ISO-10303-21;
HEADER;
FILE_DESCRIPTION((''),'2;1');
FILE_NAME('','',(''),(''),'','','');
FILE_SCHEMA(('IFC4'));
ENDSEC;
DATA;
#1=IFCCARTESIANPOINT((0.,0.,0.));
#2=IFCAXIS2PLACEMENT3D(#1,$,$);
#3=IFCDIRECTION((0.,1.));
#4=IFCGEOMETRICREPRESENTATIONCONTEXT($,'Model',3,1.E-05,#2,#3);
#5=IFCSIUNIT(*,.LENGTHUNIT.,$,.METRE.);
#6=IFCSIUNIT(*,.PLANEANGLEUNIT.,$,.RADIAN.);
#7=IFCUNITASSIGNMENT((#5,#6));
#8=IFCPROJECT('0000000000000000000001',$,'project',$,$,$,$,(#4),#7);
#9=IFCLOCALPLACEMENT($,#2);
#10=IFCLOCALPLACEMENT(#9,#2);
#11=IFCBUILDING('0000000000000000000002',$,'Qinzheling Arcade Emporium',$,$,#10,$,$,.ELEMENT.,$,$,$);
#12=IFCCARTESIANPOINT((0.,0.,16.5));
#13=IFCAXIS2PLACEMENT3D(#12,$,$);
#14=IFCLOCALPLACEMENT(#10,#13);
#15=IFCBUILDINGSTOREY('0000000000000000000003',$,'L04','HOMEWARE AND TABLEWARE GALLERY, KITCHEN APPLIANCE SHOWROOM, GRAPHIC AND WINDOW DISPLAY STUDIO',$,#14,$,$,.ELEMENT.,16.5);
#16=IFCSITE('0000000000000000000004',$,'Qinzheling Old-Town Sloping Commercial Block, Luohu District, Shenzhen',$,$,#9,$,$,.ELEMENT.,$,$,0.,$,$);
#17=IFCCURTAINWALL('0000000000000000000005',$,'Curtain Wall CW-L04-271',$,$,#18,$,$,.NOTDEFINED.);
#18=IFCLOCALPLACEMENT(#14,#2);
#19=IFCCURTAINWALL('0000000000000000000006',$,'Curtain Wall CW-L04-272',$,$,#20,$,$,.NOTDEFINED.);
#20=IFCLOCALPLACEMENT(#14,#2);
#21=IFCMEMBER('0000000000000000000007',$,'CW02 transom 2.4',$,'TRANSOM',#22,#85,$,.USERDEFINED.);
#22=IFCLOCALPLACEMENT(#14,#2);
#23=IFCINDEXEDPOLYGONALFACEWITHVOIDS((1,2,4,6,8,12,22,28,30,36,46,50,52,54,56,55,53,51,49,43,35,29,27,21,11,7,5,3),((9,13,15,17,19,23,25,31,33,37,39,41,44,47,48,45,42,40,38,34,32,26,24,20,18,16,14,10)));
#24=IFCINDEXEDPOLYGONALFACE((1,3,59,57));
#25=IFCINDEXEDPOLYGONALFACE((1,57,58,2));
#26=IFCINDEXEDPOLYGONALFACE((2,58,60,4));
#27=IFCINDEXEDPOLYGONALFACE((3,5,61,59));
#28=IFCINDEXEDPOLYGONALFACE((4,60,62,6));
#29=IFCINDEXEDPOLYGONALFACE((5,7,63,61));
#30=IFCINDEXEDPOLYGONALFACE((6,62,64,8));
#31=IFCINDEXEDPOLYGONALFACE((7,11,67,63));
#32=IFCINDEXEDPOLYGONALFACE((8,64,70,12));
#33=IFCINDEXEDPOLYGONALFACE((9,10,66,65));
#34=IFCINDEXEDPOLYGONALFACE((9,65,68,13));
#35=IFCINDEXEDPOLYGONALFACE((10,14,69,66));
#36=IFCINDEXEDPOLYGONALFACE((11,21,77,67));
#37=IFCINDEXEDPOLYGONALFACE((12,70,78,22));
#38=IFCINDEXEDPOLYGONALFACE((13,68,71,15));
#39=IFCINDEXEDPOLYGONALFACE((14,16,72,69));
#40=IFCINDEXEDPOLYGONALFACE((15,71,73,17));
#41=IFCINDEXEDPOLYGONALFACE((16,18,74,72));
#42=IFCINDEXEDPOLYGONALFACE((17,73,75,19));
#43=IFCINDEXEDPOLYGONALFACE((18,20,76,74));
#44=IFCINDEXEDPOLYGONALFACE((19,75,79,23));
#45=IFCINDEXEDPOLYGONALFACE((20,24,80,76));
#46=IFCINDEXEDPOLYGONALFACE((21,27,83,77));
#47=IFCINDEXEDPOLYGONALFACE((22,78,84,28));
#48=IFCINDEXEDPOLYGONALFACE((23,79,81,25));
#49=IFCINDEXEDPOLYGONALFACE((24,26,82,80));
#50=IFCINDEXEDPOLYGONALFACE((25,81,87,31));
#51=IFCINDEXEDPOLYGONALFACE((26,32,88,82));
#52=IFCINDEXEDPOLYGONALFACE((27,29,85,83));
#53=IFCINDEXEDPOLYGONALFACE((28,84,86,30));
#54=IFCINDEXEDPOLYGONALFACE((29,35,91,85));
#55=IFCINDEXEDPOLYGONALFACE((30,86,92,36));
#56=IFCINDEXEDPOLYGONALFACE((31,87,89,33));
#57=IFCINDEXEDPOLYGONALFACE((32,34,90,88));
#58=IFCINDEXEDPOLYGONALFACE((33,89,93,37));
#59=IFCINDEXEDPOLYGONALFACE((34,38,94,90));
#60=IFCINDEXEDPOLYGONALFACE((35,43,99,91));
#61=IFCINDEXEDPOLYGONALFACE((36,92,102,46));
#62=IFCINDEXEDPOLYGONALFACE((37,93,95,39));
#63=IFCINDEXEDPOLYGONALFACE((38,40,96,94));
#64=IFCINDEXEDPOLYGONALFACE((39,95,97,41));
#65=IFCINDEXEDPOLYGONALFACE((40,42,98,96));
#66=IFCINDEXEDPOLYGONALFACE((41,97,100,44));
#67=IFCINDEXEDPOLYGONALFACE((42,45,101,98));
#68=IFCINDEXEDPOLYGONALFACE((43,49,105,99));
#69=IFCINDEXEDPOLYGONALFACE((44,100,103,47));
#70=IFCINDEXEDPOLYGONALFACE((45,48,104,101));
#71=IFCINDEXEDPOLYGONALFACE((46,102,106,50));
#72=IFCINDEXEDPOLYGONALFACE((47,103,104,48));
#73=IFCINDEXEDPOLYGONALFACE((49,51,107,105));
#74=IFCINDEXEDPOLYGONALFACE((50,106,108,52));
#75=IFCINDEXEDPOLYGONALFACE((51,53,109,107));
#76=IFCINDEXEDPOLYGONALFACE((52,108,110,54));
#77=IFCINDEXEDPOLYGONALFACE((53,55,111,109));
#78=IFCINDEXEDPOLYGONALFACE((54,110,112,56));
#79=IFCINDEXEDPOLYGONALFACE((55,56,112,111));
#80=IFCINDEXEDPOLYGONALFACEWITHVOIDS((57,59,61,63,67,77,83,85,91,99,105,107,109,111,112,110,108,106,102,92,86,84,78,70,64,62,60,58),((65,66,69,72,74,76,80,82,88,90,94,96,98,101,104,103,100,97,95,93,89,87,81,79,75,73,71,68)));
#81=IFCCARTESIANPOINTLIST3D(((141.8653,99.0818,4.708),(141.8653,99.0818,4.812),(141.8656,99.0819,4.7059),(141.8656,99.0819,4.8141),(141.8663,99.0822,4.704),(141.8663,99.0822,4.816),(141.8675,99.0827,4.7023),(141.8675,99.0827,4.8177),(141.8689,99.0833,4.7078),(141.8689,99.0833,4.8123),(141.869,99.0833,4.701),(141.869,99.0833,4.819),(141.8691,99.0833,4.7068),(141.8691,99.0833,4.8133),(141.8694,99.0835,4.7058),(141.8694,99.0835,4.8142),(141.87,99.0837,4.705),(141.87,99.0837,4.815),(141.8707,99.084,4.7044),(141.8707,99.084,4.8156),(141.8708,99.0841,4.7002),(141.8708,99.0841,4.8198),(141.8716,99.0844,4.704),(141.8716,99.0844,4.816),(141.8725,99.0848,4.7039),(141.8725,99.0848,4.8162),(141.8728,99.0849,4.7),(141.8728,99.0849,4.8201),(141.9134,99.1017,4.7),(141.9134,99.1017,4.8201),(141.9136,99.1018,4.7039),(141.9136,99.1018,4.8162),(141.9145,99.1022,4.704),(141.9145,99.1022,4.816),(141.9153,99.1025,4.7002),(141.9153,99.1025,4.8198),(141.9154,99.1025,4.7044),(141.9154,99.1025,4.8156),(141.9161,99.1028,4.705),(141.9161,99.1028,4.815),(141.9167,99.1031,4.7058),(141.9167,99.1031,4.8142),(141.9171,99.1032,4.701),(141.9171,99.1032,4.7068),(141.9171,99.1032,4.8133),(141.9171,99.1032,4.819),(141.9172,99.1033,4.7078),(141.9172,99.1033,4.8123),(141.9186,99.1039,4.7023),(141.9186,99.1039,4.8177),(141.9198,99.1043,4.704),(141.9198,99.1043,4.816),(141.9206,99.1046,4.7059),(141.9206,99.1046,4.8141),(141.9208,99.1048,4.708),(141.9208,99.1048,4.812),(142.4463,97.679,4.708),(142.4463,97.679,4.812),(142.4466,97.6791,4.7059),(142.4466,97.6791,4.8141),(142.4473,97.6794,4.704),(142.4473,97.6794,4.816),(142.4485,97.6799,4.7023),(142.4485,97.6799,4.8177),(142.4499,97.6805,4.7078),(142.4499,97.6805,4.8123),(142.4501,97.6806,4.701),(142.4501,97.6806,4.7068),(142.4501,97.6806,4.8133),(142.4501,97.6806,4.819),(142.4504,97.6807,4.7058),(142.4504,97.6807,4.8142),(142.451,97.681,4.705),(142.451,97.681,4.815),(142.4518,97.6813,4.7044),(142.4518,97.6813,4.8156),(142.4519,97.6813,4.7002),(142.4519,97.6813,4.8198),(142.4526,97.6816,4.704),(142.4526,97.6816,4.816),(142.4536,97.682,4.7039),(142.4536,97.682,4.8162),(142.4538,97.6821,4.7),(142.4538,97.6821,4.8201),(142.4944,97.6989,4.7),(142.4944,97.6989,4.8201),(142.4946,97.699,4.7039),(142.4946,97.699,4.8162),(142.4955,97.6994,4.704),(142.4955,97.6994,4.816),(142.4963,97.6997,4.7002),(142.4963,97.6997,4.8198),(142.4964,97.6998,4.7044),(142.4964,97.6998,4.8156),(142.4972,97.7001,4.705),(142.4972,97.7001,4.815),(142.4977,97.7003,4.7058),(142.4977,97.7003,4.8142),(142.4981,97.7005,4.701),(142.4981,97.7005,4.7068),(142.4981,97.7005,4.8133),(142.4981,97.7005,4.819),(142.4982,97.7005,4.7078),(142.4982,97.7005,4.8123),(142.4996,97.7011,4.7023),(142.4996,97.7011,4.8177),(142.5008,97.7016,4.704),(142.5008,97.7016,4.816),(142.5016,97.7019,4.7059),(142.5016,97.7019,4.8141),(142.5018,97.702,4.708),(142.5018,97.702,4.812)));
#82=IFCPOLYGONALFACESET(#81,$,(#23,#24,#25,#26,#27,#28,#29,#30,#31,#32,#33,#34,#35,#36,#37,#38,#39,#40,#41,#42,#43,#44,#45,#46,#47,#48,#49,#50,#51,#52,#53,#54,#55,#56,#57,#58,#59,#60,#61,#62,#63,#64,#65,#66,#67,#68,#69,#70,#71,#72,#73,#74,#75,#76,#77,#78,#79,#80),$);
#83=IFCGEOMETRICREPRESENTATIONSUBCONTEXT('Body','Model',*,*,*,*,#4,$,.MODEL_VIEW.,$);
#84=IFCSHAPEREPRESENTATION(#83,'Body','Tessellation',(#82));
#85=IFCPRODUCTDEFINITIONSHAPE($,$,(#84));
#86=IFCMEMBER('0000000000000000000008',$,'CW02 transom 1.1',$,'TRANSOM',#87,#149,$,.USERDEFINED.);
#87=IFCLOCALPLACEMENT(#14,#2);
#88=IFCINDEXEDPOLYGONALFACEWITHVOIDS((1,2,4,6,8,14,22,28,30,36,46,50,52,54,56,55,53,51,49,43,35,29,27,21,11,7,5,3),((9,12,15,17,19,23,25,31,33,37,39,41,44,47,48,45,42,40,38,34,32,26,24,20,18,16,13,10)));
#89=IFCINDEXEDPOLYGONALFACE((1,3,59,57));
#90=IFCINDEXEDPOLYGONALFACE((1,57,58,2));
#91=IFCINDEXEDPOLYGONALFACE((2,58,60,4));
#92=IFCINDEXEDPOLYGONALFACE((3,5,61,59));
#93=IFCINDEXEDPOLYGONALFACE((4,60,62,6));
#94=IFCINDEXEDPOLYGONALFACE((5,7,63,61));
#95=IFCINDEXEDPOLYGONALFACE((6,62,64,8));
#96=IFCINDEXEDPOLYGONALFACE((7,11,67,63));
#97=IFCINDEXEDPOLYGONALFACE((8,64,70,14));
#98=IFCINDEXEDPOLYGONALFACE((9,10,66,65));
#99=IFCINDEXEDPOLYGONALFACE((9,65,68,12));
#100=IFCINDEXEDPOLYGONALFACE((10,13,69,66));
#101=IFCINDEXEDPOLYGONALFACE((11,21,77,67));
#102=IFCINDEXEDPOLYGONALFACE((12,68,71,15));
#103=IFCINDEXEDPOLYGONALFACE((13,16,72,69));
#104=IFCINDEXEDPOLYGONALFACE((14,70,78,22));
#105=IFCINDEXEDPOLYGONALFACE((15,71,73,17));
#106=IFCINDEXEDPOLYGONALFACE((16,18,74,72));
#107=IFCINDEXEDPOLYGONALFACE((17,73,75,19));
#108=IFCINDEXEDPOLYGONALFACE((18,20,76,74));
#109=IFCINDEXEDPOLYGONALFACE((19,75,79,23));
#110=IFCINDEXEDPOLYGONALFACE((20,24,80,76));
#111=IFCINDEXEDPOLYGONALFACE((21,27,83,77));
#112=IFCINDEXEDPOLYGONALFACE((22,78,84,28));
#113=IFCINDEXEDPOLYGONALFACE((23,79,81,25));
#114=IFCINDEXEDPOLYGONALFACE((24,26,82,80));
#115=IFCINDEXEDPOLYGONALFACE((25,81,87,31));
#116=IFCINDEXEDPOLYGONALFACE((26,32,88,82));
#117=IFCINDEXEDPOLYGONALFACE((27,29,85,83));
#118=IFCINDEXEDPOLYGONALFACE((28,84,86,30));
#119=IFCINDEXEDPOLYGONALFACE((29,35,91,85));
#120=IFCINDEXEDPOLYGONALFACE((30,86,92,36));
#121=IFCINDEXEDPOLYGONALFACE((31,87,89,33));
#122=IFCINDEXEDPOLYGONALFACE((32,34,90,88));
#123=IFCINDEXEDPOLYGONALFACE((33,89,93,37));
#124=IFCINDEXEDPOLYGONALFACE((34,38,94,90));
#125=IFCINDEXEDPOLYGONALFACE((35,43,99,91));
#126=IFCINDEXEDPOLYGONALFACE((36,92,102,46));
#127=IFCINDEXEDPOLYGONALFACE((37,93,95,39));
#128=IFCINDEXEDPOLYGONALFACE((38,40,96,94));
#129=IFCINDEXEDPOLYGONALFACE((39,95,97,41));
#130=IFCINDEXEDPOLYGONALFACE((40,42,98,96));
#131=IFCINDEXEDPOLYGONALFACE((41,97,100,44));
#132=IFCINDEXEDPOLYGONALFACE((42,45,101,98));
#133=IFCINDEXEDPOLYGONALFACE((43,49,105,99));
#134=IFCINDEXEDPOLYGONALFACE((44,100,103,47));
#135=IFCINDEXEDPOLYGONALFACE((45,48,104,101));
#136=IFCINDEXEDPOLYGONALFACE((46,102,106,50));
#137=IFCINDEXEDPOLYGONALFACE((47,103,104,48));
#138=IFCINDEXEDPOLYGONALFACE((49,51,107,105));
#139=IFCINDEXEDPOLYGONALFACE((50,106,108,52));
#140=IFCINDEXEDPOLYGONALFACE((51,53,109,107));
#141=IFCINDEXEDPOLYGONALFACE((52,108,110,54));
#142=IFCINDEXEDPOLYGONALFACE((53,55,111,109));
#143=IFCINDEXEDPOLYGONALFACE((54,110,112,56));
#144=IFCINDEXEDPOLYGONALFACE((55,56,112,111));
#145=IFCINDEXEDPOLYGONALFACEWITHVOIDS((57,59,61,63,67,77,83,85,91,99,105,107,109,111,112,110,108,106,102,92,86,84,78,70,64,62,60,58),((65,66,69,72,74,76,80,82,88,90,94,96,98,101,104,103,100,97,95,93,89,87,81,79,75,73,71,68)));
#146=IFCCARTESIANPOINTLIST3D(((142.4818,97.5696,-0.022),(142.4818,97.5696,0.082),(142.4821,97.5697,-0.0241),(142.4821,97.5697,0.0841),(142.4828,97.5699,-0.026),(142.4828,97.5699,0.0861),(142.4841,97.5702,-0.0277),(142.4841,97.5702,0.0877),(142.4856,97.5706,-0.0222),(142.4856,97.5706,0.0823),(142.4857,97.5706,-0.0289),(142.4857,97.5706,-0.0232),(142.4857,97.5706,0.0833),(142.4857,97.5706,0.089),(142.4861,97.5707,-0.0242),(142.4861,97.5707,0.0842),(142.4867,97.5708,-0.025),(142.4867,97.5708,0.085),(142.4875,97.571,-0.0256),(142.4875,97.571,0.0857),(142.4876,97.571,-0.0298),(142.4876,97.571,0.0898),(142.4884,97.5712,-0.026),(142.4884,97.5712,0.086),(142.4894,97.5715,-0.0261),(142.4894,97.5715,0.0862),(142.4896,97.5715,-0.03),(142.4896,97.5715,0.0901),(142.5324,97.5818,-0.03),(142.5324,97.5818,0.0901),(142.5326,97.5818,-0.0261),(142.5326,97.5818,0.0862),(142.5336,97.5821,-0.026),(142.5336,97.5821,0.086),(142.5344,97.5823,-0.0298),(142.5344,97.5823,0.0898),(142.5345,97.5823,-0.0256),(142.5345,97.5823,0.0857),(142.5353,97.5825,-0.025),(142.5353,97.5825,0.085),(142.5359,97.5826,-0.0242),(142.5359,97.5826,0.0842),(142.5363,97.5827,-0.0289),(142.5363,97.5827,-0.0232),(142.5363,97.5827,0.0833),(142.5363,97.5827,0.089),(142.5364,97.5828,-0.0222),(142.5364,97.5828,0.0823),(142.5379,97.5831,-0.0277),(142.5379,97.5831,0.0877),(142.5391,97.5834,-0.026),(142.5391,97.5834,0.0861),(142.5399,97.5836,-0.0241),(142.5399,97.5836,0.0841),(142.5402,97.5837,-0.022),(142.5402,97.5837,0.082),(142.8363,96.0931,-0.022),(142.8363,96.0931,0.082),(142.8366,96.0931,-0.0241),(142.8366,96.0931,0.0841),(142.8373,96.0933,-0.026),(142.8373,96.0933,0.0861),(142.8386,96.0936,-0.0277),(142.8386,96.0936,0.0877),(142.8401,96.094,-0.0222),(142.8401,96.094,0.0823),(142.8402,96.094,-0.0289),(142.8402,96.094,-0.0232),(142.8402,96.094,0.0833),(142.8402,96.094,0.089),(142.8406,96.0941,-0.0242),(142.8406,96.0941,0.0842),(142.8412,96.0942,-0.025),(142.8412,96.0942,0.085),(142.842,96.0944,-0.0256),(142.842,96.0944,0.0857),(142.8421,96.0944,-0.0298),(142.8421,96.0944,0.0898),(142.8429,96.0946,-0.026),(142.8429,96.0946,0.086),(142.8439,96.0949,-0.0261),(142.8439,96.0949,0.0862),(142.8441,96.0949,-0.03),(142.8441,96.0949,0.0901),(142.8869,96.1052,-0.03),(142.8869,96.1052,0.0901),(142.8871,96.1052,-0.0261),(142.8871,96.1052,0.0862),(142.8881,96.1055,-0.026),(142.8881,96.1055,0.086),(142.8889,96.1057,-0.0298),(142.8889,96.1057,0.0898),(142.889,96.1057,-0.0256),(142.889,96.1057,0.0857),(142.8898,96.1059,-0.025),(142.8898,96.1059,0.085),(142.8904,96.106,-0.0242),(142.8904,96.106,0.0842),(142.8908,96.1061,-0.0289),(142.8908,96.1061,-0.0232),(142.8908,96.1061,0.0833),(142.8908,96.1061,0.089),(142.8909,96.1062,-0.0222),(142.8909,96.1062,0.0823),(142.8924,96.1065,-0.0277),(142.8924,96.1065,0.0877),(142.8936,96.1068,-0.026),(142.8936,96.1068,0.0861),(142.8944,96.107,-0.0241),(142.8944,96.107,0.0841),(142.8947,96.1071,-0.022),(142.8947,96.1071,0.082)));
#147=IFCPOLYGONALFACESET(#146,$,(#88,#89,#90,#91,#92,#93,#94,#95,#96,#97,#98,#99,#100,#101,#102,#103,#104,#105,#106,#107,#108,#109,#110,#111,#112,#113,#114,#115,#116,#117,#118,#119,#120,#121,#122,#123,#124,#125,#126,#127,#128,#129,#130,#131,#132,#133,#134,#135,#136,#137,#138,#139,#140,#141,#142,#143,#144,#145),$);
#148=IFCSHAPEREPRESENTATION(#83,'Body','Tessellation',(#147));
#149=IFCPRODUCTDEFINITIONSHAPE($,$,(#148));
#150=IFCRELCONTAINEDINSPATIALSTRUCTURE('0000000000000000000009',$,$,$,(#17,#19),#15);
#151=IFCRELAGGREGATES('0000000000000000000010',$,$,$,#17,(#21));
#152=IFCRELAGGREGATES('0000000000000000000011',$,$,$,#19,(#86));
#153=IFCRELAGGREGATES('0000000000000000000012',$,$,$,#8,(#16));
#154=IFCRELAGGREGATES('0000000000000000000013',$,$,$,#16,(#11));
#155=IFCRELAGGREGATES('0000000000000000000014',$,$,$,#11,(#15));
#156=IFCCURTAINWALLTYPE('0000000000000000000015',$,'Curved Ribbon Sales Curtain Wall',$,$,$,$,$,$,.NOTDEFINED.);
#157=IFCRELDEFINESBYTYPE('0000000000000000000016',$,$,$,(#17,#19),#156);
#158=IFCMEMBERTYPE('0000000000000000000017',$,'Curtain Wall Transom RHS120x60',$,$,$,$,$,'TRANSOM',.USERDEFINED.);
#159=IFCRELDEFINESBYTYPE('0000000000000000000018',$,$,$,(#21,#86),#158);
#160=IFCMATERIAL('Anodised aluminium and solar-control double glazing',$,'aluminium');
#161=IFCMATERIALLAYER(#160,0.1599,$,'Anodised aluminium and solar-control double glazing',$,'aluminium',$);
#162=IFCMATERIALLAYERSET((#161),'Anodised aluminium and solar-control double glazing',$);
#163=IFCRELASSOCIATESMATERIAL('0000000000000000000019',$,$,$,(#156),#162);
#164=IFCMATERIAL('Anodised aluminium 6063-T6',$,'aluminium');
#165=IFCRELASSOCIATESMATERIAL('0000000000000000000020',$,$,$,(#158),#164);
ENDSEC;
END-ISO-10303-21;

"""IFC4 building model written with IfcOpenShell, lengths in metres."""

from ifc_helpers import new_model, si_unit, direction, frame, origin, origin_2d, place, context, subcontext, project, spatial, hollow_rectangle, extrude, material, layer, layer_set, material_profile, profile_set, type_object, element, aggregate, save


model = new_model("IFC4")

# Units and contexts
model_context = context("Model", 3, precision=1e-05, world=origin(), true_north=direction((0.0, 1.0)))
body_context = subcontext(model_context, "Body", "Model", "MODEL_VIEW")
ifc_project = project(units=[si_unit("LENGTHUNIT", "METRE"), si_unit("PLANEANGLEUNIT", "RADIAN")], contexts=[model_context])

# Site, building, storey
site_placement = place(None, origin())
site = spatial("IfcSite", under=ifc_project, at=site_placement, Name="Qinzheling Old-Town Sloping Commercial Block, Luohu District, Shenzhen", CompositionType="ELEMENT", RefElevation=0.0)
building_placement = place(site_placement, origin())
building = spatial("IfcBuilding", under=site, at=building_placement, Name="Qinzheling Arcade Emporium", CompositionType="ELEMENT")
storey_placement = place(building_placement, frame((0.0, 0.0, 16.5)))
storey = spatial("IfcBuildingStorey", under=building, at=storey_placement, Name="L04", Description="HOMEWARE AND TABLEWARE GALLERY, KITCHEN APPLIANCE SHOWROOM, GRAPHIC AND WINDOW DISPLAY STUDIO", CompositionType="ELEMENT", Elevation=16.5)

# Shared definitions
ifc_material_1 = material(Name="Anodised aluminium and solar-control double glazing", Category="aluminium")
ifc_layer_1 = layer(ifc_material_1, 0.1599, Name="Anodised aluminium and solar-control double glazing", Category="aluminium")
ifc_layer_set_1 = layer_set([ifc_layer_1], Name="Anodised aluminium and solar-control double glazing")
curtain_wall_type = type_object("IfcCurtainWallType", Name="Curved Ribbon Sales Curtain Wall", PredefinedType="NOTDEFINED", material=ifc_layer_set_1)
ifc_material_2 = material(Name="Anodised aluminium 6063-T6", Category="aluminium")

# Curtain walls
curtain_wall_1_placement = place(storey_placement, origin())
curtain_wall_1 = element("IfcCurtainWall", 1, at=curtain_wall_1_placement, inside=storey, type_object=curtain_wall_type, Name="Curtain Wall CW-L04-271", PredefinedType="NOTDEFINED")
curtain_wall_2_placement = place(storey_placement, origin())
curtain_wall_2 = element("IfcCurtainWall", 2, at=curtain_wall_2_placement, inside=storey, type_object=curtain_wall_type, Name="Curtain Wall CW-L04-272", PredefinedType="NOTDEFINED")

# Members
ifc_material_profile_1 = material_profile(ifc_material_2, hollow_rectangle(XDim=0.0601, YDim=0.1201, WallThickness=0.0039, InnerFilletRadius=0.0039, OuterFilletRadius=0.0081, at=origin_2d()), Name="RHS 120x60x4", Category="aluminium")
ifc_profile_set_1 = profile_set([ifc_material_profile_1], Name="Anodised aluminium 6063-T6")
member_type_1 = type_object("IfcMemberType", Name="Curtain Wall Transom RHS120x60", ElementType="TRANSOM", PredefinedType="USERDEFINED", material=ifc_profile_set_1)
member_1_placement = place(storey_placement, frame((141.8931, 99.0933, 4.76), z_axis=(0.382674, -0.923884, 0.0), x_axis=(0.923884, 0.382674, 0.0)))
member_1 = element("IfcMember", 3, at=member_1_placement, type_object=member_type_1, Name="CW02 transom 2.4", ObjectType="TRANSOM", PredefinedType="USERDEFINED", context=body_context, shape_type="SweptSolid", body=[
    extrude(hollow_rectangle(XDim=0.0601, YDim=0.1201, WallThickness=0.0039, InnerFilletRadius=0.0039, OuterFilletRadius=0.0081, at=origin_2d()), origin(), (0.0, 0.0, 1.0), 1.5183),
])
member_2_placement = place(storey_placement, frame((142.511, 97.5767, 0.03), z_axis=(0.233446, -0.97237, 0.0), x_axis=(0.97237, 0.233446, 0.0)))
member_2 = element("IfcMember", 4, at=member_2_placement, type_object=member_type_1, Name="CW02 transom 1.1", ObjectType="TRANSOM", PredefinedType="USERDEFINED", context=body_context, shape_type="SweptSolid", body=[
    extrude(hollow_rectangle(XDim=0.0601, YDim=0.1201, WallThickness=0.0039, InnerFilletRadius=0.0039, OuterFilletRadius=0.0081, at=origin_2d()), origin(), (0.0, 0.0, 1.0), 1.5186),
])

aggregate(curtain_wall_1, [member_1])
aggregate(curtain_wall_2, [member_2])

save(model, "model.ifc")
